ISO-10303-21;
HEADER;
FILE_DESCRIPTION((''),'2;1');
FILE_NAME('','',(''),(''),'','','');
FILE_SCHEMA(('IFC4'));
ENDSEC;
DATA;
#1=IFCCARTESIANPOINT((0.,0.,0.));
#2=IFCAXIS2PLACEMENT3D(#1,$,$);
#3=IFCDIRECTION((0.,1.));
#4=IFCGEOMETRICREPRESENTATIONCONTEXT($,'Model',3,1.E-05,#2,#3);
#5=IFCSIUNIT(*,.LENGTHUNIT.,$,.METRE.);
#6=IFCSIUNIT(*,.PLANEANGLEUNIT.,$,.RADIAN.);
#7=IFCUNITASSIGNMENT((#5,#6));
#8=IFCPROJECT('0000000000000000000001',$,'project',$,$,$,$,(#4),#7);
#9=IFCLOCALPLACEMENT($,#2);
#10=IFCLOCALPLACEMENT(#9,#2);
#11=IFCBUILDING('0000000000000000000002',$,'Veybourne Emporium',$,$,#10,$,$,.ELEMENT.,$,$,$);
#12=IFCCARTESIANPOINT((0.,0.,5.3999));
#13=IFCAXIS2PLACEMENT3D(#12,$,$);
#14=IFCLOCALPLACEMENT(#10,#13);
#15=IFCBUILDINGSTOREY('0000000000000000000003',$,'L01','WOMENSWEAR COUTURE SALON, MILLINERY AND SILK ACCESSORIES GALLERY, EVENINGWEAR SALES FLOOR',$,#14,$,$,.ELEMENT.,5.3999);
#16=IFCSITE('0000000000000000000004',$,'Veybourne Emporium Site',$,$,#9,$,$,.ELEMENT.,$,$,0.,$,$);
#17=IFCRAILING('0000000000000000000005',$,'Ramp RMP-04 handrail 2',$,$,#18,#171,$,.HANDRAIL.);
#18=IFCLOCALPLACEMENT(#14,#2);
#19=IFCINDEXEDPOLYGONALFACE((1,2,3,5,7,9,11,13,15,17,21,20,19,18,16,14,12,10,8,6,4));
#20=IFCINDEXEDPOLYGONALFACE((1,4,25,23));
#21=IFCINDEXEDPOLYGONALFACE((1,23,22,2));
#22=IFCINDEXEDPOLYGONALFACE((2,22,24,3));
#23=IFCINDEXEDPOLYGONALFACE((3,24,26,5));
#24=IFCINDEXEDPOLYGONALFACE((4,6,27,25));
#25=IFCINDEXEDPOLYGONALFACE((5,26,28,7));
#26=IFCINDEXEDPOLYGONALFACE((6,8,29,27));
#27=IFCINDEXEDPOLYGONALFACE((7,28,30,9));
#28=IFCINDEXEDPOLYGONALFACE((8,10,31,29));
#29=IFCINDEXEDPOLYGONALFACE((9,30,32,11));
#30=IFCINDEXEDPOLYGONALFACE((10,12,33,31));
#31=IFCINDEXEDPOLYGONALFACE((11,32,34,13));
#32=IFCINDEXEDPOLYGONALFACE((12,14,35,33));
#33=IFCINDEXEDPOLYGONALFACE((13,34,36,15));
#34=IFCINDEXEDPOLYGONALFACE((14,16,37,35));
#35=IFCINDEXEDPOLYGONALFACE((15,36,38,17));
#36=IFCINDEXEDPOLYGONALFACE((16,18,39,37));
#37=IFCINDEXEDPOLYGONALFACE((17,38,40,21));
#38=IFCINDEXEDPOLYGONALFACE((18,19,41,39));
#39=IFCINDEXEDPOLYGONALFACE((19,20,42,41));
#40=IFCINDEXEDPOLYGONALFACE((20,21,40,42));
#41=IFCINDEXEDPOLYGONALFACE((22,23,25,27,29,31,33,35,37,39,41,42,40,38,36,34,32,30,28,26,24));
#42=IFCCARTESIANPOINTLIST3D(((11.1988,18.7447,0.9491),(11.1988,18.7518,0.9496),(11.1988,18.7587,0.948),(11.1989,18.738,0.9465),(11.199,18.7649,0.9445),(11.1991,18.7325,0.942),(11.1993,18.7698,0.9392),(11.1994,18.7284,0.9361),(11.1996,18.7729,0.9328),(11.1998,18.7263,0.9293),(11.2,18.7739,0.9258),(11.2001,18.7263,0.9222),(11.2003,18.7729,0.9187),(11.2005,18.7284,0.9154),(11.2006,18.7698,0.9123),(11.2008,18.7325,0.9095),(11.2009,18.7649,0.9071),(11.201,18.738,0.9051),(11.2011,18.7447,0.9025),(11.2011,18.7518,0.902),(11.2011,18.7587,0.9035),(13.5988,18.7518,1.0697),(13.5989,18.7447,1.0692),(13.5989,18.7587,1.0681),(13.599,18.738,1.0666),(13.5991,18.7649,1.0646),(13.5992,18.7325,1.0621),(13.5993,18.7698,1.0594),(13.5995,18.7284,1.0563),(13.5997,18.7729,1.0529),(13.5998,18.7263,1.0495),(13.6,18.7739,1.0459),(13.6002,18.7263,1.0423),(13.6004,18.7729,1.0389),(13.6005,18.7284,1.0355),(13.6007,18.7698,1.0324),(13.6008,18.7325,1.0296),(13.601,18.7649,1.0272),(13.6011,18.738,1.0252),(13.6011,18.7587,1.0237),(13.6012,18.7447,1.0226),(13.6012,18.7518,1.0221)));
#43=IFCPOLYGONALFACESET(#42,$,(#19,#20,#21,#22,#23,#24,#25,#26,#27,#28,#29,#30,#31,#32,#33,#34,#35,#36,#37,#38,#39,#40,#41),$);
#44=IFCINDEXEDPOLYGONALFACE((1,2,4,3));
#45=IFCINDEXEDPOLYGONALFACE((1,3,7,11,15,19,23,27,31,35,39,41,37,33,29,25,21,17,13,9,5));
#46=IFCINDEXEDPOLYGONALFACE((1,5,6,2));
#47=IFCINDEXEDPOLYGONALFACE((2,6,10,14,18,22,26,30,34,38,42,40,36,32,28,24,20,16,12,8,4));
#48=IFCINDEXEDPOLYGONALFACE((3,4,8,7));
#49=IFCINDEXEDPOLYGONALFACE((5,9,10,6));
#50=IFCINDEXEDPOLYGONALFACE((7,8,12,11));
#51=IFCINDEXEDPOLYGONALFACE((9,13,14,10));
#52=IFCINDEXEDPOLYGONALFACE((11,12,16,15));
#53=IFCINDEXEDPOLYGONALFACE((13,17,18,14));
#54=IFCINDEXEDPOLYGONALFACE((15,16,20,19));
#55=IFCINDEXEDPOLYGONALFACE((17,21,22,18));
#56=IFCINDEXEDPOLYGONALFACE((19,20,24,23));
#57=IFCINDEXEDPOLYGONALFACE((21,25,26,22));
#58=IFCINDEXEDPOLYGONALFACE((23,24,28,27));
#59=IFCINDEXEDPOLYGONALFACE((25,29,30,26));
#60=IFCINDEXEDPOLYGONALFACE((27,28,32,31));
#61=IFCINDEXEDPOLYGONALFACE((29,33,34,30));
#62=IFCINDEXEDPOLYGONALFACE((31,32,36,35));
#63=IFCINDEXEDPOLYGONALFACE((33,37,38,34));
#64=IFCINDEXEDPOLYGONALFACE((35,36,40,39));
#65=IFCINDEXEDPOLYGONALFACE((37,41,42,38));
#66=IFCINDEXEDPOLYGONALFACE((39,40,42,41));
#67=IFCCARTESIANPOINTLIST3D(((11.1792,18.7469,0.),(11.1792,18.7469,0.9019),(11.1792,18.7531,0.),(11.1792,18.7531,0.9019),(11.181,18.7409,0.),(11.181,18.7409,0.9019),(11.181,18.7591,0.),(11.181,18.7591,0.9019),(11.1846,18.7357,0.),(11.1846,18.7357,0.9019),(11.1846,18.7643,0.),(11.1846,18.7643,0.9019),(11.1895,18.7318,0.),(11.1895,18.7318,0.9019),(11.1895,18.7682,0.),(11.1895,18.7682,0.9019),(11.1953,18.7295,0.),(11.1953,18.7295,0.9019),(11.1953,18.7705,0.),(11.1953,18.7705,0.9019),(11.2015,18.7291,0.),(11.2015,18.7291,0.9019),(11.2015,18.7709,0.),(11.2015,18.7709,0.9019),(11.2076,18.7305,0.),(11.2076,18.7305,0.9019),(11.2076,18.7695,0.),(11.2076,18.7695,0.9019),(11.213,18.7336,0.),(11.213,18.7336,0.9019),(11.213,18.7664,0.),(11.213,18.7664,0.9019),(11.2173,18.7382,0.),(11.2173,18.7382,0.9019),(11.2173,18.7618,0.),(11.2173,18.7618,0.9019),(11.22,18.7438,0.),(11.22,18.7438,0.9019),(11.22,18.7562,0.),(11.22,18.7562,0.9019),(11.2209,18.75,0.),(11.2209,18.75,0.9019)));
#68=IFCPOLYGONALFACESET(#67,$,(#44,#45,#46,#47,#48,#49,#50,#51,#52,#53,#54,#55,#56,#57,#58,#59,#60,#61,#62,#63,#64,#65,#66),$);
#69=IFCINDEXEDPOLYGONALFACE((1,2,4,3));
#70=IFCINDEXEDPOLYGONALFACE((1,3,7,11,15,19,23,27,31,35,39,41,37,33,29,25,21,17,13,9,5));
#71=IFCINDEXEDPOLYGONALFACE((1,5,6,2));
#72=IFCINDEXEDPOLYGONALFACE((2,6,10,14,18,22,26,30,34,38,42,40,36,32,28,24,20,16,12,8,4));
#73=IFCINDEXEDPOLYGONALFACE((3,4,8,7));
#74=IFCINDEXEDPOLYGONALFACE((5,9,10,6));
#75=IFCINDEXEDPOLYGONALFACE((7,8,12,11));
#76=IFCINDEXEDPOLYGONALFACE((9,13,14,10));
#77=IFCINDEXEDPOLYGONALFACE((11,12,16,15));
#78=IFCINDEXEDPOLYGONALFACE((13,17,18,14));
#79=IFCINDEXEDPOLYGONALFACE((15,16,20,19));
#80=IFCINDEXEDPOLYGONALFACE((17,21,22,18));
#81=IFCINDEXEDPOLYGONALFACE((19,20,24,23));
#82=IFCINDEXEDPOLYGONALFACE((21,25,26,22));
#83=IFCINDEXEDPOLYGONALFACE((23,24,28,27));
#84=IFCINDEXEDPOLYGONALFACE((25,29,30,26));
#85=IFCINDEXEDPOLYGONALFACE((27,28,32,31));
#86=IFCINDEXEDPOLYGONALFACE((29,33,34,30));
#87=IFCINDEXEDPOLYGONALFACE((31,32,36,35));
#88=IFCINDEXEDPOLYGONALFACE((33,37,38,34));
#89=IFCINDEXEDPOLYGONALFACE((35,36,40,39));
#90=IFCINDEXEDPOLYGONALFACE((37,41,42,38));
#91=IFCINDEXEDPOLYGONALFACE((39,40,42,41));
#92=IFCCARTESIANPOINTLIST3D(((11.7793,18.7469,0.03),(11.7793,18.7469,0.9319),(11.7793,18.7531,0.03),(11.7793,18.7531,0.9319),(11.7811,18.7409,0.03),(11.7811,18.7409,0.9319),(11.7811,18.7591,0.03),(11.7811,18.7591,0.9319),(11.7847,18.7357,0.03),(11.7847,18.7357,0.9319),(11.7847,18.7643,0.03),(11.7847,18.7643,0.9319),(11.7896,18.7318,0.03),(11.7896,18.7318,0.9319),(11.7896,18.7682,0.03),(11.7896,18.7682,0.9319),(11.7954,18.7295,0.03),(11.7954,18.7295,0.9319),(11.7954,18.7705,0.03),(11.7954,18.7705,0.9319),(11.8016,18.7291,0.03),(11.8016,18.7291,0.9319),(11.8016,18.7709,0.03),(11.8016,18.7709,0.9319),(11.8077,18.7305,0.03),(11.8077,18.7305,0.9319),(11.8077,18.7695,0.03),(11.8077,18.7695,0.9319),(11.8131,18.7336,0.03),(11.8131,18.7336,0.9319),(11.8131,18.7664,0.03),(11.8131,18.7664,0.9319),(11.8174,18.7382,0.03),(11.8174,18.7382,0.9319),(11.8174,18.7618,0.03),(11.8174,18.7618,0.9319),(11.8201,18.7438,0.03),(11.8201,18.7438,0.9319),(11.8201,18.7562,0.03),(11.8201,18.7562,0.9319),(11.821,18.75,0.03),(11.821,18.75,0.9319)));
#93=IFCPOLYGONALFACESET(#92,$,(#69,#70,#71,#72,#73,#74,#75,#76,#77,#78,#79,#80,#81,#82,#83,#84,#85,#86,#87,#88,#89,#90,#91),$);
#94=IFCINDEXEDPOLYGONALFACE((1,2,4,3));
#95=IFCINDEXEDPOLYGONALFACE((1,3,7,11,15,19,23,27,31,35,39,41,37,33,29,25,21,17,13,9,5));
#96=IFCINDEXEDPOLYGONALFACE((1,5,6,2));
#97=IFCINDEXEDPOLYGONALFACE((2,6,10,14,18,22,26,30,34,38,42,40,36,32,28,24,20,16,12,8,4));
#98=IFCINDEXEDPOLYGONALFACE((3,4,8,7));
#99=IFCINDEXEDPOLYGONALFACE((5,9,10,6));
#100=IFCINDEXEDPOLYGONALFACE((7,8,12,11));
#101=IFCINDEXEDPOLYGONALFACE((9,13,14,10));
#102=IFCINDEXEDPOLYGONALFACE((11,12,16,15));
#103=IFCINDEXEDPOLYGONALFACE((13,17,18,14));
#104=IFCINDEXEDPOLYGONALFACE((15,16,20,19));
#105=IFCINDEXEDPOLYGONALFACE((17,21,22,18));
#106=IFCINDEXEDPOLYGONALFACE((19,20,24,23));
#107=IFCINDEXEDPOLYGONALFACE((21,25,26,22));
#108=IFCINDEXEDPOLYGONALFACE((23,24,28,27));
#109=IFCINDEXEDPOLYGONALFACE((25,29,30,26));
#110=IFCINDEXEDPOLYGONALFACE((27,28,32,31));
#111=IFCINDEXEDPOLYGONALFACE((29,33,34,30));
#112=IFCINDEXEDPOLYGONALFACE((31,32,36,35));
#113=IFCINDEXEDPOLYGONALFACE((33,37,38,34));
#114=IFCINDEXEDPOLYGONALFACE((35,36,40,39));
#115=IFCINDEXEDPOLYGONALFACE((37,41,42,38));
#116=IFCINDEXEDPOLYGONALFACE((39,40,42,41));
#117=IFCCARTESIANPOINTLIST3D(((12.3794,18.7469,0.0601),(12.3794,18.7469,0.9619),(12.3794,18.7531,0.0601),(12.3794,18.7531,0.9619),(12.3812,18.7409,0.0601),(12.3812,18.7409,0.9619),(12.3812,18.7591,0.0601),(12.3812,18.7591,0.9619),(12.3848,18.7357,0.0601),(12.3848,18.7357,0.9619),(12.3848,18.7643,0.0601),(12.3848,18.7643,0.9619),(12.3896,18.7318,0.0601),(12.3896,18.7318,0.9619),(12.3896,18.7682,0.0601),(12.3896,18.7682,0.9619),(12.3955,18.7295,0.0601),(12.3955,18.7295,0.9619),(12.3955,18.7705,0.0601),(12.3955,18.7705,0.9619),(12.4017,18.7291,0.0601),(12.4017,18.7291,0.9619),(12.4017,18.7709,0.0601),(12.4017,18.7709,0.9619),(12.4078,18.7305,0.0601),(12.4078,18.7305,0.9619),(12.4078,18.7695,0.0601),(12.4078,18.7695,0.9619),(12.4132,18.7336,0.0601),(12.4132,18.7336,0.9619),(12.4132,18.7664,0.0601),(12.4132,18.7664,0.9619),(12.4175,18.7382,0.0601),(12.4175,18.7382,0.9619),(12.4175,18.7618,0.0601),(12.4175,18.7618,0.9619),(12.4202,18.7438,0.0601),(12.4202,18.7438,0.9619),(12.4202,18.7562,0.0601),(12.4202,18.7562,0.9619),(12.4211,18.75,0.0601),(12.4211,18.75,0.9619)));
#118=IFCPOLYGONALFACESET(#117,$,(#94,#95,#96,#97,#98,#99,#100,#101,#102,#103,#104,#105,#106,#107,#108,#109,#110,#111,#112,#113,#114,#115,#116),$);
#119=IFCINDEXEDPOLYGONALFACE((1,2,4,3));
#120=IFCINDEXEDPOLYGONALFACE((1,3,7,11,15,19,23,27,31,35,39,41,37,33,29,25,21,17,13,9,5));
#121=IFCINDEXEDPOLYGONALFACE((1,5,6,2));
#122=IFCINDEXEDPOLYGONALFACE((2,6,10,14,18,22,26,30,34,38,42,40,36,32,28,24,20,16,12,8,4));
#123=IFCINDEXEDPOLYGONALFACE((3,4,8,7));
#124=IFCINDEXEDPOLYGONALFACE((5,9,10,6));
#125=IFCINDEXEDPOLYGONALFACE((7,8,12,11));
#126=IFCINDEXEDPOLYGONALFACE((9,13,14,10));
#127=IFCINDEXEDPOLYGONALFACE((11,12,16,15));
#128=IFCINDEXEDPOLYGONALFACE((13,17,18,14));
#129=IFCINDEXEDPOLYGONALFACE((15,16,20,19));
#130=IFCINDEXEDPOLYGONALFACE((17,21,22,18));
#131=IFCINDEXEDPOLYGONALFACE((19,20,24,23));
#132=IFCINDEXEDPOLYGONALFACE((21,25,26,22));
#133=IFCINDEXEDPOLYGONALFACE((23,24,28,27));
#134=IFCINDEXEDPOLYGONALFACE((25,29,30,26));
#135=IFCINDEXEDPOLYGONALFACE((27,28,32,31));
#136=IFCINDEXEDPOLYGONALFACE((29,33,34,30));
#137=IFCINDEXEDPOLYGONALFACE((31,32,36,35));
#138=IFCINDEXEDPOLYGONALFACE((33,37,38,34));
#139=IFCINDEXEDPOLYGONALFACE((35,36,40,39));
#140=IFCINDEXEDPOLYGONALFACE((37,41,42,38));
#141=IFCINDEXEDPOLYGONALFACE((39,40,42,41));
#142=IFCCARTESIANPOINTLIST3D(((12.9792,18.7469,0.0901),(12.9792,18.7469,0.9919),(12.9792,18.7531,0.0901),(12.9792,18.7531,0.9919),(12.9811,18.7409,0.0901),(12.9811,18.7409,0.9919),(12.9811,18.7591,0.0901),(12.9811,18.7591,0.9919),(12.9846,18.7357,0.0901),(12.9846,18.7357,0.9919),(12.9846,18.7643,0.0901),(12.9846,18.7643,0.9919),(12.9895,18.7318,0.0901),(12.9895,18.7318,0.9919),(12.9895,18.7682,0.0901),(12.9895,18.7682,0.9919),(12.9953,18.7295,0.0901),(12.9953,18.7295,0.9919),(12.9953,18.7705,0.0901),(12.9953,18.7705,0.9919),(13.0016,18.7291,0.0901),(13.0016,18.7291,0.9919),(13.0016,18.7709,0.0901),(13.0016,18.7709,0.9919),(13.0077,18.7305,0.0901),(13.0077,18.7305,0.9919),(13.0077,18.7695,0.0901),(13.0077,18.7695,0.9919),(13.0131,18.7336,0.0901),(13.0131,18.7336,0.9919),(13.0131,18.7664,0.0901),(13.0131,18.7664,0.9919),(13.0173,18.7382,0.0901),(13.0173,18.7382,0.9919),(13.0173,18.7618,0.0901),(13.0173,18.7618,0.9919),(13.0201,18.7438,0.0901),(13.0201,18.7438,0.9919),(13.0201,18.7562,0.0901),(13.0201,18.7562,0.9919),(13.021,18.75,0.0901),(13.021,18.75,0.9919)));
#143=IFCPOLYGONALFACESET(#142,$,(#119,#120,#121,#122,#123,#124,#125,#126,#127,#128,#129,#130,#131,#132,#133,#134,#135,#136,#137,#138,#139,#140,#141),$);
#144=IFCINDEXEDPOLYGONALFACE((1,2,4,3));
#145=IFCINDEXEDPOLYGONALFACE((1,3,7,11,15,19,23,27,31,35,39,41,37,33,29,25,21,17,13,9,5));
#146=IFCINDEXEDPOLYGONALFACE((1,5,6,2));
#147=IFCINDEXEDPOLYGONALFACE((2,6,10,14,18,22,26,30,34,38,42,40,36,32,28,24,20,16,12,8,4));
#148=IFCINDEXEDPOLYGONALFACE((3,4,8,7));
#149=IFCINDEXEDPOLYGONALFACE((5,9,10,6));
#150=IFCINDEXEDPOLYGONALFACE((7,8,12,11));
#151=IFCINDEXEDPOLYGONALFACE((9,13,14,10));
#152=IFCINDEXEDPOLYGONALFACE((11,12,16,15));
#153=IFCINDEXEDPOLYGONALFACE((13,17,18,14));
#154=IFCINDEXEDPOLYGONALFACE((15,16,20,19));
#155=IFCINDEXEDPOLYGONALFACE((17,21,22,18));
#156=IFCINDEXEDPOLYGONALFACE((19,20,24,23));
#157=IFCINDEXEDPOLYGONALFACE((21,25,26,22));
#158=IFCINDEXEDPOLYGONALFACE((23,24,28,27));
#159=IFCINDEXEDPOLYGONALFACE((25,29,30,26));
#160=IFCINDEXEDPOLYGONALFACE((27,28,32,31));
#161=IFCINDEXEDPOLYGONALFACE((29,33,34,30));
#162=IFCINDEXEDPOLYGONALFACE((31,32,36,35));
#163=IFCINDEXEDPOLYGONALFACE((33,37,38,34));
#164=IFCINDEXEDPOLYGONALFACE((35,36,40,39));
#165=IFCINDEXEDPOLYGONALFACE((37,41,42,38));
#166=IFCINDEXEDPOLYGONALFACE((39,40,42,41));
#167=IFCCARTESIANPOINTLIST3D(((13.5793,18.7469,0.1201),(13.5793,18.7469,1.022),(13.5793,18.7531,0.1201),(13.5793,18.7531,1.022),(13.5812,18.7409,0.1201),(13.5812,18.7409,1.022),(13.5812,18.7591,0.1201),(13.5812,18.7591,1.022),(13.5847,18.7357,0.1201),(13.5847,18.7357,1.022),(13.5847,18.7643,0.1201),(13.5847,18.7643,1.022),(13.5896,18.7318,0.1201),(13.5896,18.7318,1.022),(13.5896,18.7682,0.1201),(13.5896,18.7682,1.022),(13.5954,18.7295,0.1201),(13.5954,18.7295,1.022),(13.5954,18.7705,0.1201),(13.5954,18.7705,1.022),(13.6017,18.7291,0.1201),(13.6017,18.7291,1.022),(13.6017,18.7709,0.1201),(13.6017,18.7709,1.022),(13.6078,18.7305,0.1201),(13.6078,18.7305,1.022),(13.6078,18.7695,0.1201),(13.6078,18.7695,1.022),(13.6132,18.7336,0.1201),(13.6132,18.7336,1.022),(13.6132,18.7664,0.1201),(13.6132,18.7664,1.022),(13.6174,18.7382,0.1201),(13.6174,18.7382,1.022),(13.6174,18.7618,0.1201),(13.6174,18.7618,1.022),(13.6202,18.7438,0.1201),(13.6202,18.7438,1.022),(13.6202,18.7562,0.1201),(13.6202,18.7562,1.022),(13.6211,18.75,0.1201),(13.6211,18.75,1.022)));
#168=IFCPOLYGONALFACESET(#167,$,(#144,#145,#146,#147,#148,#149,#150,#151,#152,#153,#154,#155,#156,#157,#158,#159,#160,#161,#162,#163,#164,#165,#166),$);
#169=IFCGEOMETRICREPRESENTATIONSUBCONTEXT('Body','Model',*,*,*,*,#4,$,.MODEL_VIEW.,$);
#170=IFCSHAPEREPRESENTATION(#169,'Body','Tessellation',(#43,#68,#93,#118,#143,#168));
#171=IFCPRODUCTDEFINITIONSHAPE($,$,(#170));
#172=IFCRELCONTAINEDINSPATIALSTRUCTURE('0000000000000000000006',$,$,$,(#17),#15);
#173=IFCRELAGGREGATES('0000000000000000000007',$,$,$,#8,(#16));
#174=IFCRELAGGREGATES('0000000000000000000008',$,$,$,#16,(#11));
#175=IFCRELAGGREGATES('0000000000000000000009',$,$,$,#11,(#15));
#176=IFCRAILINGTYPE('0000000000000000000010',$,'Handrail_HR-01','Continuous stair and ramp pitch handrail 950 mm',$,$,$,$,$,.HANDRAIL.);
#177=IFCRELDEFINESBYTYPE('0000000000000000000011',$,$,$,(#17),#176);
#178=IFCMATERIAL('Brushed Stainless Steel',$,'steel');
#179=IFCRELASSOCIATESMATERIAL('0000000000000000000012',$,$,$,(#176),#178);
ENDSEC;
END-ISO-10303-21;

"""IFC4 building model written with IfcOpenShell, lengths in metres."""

from ifc_helpers import new_model, si_unit, direction, frame, origin, origin_2d, place, context, subcontext, project, spatial, circle, extrude, material, type_object, element, save


model = new_model("IFC4")

# Units and contexts
model_context = context("Model", 3, precision=1e-05, world=origin(), true_north=direction((0.0, 1.0)))
body_context = subcontext(model_context, "Body", "Model", "MODEL_VIEW")
ifc_project = project(units=[si_unit("LENGTHUNIT", "METRE"), si_unit("PLANEANGLEUNIT", "RADIAN")], contexts=[model_context])

# Site, building, storey
site_placement = place(None, origin())
site = spatial("IfcSite", under=ifc_project, at=site_placement, Name="Veybourne Emporium Site", CompositionType="ELEMENT", RefElevation=0.0)
building_placement = place(site_placement, origin())
building = spatial("IfcBuilding", under=site, at=building_placement, Name="Veybourne Emporium", CompositionType="ELEMENT")
storey_placement = place(building_placement, frame((0.0, 0.0, 5.3999)))
storey = spatial("IfcBuildingStorey", under=building, at=storey_placement, Name="L01", Description="WOMENSWEAR COUTURE SALON, MILLINERY AND SILK ACCESSORIES GALLERY, EVENINGWEAR SALES FLOOR", CompositionType="ELEMENT", Elevation=5.3999)

# Railing
ifc_material_1 = material(Name="Brushed Stainless Steel", Category="steel")
railing_type = type_object("IfcRailingType", Name="Handrail_HR-01", Description="Continuous stair and ramp pitch handrail 950 mm", PredefinedType="HANDRAIL", material=ifc_material_1)
for number, where, name in (
    (1, (11.2, 18.75, 0.0), "Ramp RMP-04 handrail 2"),
):
    element("IfcRailing", number, at=place(storey_placement, frame(where)), inside=storey, type_object=railing_type, Name=name, PredefinedType="HANDRAIL", context=body_context, shape_type="SweptSolid", body=[
        extrude(circle(Radius=0.0239, at=origin_2d()), frame((0.0, 0.0, 0.9258), z_axis=(0.99875, 0.0, 0.049983), x_axis=(0.0, 1.0, 0.0)), (0.0, 0.0, 1.0), 2.4031),
        extrude(circle(Radius=0.021, at=origin_2d()), origin(), (0.0, 0.0, 1.0), 0.9019),
        extrude(circle(Radius=0.021, at=origin_2d()), frame((0.6001, 0.0, 0.03)), (0.0, 0.0, 1.0), 0.9019),
        extrude(circle(Radius=0.021, at=origin_2d()), frame((1.2002, 0.0, 0.0601)), (0.0, 0.0, 1.0), 0.9019),
        extrude(circle(Radius=0.021, at=origin_2d()), frame((1.8, 0.0, 0.0901)), (0.0, 0.0, 1.0), 0.9019),
        extrude(circle(Radius=0.021, at=origin_2d()), frame((2.4001, 0.0, 0.1201)), (0.0, 0.0, 1.0), 0.9019),
    ])

save(model, "model.ifc")
